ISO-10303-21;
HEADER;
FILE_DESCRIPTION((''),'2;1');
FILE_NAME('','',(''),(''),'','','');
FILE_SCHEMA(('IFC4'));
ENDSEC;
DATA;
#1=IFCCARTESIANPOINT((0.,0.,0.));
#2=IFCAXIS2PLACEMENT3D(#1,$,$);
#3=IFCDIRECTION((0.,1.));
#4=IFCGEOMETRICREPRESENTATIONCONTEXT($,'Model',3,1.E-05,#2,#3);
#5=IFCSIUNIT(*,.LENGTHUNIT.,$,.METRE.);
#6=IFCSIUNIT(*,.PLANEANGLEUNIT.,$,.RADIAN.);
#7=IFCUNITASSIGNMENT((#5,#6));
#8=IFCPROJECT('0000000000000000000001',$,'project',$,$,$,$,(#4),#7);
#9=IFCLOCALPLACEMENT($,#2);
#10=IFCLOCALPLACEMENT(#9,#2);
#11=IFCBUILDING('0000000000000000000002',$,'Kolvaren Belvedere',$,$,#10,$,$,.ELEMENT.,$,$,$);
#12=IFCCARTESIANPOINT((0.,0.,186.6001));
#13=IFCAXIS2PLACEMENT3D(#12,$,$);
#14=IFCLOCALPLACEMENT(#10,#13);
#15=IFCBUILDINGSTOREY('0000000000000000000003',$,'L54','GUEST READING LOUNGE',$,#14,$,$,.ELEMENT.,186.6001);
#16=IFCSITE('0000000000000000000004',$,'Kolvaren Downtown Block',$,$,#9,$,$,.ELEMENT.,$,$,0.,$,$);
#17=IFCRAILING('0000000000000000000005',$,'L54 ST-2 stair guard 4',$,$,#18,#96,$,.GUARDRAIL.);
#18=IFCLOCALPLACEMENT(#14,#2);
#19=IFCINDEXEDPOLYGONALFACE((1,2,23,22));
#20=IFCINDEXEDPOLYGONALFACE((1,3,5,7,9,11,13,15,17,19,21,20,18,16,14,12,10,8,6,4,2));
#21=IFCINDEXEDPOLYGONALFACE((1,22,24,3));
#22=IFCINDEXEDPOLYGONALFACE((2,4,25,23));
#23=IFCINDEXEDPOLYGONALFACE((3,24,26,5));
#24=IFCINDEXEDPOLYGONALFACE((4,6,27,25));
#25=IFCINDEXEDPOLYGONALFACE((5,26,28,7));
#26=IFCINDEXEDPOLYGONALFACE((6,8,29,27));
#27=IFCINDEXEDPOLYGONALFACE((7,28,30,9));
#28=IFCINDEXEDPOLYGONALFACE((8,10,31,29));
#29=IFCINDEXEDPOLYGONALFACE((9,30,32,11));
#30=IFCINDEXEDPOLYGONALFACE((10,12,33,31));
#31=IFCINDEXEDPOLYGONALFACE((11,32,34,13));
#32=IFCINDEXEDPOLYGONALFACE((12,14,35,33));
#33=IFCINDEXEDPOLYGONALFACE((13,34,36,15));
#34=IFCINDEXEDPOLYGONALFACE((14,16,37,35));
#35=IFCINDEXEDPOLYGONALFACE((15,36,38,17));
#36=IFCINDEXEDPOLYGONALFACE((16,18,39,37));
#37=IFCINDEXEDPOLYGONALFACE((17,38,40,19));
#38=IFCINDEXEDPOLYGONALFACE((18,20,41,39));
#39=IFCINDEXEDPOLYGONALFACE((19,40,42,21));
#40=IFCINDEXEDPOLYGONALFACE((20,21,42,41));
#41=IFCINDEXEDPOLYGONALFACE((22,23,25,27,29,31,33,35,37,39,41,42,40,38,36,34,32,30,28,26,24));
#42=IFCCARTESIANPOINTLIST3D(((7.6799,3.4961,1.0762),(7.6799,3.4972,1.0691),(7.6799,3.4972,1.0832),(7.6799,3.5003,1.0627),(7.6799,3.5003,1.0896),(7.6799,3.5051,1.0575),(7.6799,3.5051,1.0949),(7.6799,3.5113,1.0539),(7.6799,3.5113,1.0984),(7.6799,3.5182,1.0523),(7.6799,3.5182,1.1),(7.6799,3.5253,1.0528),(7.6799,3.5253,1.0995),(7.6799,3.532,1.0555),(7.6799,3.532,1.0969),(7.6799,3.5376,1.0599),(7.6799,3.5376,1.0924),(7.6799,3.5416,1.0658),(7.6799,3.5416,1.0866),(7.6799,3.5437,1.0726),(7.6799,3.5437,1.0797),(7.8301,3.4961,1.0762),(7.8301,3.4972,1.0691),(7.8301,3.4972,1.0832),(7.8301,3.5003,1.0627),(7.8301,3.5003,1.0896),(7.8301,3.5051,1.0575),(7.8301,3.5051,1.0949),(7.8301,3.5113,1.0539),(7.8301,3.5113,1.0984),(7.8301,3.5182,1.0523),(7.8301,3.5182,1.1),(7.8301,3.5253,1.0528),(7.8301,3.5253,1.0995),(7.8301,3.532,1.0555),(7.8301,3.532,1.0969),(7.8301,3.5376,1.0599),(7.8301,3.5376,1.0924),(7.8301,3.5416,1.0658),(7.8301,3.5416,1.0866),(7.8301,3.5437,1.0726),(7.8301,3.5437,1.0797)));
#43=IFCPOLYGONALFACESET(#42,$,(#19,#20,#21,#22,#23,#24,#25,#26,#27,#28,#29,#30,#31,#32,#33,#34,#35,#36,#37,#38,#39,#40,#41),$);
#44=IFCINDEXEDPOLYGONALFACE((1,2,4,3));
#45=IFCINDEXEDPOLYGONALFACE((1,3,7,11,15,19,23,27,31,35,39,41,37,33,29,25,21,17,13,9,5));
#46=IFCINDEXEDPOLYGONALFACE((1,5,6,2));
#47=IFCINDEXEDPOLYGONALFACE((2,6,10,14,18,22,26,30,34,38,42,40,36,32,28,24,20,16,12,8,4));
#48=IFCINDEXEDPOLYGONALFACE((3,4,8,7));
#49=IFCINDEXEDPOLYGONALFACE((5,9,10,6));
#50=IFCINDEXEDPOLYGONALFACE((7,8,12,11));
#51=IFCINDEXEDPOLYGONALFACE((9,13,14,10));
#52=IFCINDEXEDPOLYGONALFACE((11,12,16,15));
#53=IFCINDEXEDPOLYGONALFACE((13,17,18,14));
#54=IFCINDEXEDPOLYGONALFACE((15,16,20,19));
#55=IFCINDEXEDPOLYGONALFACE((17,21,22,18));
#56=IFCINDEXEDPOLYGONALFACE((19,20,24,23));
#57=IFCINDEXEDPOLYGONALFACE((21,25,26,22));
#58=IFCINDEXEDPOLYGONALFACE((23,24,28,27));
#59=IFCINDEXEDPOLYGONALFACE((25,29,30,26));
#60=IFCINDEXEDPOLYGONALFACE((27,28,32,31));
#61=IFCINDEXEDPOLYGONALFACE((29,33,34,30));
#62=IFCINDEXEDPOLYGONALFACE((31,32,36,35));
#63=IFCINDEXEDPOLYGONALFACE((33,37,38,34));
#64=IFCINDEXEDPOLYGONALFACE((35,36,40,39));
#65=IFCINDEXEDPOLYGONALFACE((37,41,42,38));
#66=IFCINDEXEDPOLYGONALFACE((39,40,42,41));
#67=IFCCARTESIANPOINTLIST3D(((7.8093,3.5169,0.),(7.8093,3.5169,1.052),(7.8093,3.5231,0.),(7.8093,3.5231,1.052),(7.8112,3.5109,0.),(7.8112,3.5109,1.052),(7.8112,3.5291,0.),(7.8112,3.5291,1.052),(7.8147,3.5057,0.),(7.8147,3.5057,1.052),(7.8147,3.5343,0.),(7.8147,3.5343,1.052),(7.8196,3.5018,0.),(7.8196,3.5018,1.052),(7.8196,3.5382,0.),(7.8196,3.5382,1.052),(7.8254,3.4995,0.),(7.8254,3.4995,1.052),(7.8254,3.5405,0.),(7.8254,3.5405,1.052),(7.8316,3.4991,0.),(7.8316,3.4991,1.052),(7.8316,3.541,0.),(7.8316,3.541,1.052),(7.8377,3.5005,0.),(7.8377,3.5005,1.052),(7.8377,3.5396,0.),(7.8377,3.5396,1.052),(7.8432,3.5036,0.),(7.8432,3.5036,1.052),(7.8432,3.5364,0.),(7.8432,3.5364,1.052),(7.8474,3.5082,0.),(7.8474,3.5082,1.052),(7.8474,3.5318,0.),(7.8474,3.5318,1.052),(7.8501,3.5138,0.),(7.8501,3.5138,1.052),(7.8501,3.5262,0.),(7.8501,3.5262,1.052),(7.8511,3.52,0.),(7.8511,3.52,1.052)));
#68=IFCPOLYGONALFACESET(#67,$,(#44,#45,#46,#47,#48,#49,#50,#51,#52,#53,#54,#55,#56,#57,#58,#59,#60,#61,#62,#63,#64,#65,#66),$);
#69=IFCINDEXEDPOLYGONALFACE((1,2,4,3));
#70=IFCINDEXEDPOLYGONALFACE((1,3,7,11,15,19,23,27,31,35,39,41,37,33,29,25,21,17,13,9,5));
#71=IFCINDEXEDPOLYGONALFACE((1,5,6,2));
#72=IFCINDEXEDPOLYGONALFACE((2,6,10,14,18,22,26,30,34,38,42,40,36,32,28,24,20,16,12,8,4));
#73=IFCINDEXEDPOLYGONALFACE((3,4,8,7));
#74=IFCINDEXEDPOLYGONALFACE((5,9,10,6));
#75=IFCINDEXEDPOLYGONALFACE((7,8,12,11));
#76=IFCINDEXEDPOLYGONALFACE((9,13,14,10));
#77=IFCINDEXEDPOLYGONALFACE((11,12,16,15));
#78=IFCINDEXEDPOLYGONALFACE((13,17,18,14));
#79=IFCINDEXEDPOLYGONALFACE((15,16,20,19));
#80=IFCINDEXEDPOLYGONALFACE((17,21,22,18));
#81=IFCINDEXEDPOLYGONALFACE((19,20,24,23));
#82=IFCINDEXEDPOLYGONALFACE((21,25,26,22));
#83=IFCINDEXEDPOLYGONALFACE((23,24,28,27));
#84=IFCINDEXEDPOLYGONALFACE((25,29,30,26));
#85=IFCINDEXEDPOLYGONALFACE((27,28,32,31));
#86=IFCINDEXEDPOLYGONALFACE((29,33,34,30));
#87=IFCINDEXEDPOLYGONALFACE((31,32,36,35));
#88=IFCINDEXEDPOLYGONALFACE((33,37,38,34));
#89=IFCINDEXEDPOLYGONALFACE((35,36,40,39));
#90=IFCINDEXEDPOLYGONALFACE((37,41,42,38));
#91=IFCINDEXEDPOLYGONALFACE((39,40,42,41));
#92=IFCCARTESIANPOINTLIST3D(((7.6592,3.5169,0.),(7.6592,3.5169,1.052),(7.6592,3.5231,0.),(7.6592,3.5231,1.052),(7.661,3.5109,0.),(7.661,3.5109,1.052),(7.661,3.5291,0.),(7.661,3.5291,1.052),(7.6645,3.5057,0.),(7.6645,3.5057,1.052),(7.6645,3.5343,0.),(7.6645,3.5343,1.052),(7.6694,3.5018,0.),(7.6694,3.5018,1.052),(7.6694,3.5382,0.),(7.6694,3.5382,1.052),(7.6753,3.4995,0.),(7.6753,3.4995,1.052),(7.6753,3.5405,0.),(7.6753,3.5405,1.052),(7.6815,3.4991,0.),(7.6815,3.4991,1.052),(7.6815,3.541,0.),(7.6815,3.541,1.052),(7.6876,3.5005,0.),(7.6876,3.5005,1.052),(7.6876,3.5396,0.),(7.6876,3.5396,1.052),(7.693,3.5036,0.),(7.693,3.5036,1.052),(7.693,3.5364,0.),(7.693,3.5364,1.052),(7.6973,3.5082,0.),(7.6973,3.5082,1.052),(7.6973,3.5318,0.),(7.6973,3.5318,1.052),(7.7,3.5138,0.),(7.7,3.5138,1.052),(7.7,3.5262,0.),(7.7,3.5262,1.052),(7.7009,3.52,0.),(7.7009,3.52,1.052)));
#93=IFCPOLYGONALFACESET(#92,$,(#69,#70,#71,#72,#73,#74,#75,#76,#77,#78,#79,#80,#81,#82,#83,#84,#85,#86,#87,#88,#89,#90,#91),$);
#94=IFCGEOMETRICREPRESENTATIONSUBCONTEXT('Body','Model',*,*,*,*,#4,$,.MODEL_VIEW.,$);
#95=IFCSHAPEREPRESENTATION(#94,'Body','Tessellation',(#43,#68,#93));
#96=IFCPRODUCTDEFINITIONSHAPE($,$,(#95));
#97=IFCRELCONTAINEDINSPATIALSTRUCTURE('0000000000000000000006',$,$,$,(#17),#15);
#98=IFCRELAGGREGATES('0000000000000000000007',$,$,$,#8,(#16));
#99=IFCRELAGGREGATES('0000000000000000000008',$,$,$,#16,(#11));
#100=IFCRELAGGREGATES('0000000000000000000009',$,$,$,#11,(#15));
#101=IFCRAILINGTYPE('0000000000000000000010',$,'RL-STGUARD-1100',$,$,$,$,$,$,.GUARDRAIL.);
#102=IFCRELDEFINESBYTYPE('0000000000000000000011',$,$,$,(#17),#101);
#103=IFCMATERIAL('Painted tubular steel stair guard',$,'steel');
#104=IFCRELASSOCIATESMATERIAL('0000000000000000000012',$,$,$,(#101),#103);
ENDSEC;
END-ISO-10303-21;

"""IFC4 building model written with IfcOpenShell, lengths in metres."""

from ifc_helpers import new_model, si_unit, direction, frame, origin, origin_2d, place, context, subcontext, project, spatial, circle, extrude, material, type_object, element, save


model = new_model("IFC4")

# Units and contexts
model_context = context("Model", 3, precision=1e-05, world=origin(), true_north=direction((0.0, 1.0)))
body_context = subcontext(model_context, "Body", "Model", "MODEL_VIEW")
ifc_project = project(units=[si_unit("LENGTHUNIT", "METRE"), si_unit("PLANEANGLEUNIT", "RADIAN")], contexts=[model_context])

# Site, building, storey
site_placement = place(None, origin())
site = spatial("IfcSite", under=ifc_project, at=site_placement, Name="Kolvaren Downtown Block", CompositionType="ELEMENT", RefElevation=0.0)
building_placement = place(site_placement, origin())
building = spatial("IfcBuilding", under=site, at=building_placement, Name="Kolvaren Belvedere", CompositionType="ELEMENT")
storey_placement = place(building_placement, frame((0.0, 0.0, 186.6001)))
storey = spatial("IfcBuildingStorey", under=building, at=storey_placement, Name="L54", Description="GUEST READING LOUNGE", CompositionType="ELEMENT", Elevation=186.6001)

# Railing
ifc_material_1 = material(Name="Painted tubular steel stair guard", Category="steel")
railing_type_1 = type_object("IfcRailingType", Name="RL-STGUARD-1100", PredefinedType="GUARDRAIL", material=ifc_material_1)
railing_1_placement = place(storey_placement, frame((7.8301, 3.52, 0.0)))
element("IfcRailing", 1, at=railing_1_placement, inside=storey, type_object=railing_type_1, Name="L54 ST-2 stair guard 4", PredefinedType="GUARDRAIL", context=body_context, shape_type="SweptSolid", body=[
    extrude(circle(Radius=0.0239, at=origin_2d()), frame((0.0, 0.0, 1.0762), z_axis=(-1.0, 0.0, 0.0), x_axis=(0.0, -1.0, 0.0)), (0.0, 0.0, 1.0), 0.1501),
    extrude(circle(Radius=0.021, at=origin_2d()), origin(), (0.0, 0.0, 1.0), 1.052),
    extrude(circle(Radius=0.021, at=origin_2d()), frame((-0.1501, 0.0, 0.0)), (0.0, 0.0, 1.0), 1.052),
])

save(model, "model.ifc")
